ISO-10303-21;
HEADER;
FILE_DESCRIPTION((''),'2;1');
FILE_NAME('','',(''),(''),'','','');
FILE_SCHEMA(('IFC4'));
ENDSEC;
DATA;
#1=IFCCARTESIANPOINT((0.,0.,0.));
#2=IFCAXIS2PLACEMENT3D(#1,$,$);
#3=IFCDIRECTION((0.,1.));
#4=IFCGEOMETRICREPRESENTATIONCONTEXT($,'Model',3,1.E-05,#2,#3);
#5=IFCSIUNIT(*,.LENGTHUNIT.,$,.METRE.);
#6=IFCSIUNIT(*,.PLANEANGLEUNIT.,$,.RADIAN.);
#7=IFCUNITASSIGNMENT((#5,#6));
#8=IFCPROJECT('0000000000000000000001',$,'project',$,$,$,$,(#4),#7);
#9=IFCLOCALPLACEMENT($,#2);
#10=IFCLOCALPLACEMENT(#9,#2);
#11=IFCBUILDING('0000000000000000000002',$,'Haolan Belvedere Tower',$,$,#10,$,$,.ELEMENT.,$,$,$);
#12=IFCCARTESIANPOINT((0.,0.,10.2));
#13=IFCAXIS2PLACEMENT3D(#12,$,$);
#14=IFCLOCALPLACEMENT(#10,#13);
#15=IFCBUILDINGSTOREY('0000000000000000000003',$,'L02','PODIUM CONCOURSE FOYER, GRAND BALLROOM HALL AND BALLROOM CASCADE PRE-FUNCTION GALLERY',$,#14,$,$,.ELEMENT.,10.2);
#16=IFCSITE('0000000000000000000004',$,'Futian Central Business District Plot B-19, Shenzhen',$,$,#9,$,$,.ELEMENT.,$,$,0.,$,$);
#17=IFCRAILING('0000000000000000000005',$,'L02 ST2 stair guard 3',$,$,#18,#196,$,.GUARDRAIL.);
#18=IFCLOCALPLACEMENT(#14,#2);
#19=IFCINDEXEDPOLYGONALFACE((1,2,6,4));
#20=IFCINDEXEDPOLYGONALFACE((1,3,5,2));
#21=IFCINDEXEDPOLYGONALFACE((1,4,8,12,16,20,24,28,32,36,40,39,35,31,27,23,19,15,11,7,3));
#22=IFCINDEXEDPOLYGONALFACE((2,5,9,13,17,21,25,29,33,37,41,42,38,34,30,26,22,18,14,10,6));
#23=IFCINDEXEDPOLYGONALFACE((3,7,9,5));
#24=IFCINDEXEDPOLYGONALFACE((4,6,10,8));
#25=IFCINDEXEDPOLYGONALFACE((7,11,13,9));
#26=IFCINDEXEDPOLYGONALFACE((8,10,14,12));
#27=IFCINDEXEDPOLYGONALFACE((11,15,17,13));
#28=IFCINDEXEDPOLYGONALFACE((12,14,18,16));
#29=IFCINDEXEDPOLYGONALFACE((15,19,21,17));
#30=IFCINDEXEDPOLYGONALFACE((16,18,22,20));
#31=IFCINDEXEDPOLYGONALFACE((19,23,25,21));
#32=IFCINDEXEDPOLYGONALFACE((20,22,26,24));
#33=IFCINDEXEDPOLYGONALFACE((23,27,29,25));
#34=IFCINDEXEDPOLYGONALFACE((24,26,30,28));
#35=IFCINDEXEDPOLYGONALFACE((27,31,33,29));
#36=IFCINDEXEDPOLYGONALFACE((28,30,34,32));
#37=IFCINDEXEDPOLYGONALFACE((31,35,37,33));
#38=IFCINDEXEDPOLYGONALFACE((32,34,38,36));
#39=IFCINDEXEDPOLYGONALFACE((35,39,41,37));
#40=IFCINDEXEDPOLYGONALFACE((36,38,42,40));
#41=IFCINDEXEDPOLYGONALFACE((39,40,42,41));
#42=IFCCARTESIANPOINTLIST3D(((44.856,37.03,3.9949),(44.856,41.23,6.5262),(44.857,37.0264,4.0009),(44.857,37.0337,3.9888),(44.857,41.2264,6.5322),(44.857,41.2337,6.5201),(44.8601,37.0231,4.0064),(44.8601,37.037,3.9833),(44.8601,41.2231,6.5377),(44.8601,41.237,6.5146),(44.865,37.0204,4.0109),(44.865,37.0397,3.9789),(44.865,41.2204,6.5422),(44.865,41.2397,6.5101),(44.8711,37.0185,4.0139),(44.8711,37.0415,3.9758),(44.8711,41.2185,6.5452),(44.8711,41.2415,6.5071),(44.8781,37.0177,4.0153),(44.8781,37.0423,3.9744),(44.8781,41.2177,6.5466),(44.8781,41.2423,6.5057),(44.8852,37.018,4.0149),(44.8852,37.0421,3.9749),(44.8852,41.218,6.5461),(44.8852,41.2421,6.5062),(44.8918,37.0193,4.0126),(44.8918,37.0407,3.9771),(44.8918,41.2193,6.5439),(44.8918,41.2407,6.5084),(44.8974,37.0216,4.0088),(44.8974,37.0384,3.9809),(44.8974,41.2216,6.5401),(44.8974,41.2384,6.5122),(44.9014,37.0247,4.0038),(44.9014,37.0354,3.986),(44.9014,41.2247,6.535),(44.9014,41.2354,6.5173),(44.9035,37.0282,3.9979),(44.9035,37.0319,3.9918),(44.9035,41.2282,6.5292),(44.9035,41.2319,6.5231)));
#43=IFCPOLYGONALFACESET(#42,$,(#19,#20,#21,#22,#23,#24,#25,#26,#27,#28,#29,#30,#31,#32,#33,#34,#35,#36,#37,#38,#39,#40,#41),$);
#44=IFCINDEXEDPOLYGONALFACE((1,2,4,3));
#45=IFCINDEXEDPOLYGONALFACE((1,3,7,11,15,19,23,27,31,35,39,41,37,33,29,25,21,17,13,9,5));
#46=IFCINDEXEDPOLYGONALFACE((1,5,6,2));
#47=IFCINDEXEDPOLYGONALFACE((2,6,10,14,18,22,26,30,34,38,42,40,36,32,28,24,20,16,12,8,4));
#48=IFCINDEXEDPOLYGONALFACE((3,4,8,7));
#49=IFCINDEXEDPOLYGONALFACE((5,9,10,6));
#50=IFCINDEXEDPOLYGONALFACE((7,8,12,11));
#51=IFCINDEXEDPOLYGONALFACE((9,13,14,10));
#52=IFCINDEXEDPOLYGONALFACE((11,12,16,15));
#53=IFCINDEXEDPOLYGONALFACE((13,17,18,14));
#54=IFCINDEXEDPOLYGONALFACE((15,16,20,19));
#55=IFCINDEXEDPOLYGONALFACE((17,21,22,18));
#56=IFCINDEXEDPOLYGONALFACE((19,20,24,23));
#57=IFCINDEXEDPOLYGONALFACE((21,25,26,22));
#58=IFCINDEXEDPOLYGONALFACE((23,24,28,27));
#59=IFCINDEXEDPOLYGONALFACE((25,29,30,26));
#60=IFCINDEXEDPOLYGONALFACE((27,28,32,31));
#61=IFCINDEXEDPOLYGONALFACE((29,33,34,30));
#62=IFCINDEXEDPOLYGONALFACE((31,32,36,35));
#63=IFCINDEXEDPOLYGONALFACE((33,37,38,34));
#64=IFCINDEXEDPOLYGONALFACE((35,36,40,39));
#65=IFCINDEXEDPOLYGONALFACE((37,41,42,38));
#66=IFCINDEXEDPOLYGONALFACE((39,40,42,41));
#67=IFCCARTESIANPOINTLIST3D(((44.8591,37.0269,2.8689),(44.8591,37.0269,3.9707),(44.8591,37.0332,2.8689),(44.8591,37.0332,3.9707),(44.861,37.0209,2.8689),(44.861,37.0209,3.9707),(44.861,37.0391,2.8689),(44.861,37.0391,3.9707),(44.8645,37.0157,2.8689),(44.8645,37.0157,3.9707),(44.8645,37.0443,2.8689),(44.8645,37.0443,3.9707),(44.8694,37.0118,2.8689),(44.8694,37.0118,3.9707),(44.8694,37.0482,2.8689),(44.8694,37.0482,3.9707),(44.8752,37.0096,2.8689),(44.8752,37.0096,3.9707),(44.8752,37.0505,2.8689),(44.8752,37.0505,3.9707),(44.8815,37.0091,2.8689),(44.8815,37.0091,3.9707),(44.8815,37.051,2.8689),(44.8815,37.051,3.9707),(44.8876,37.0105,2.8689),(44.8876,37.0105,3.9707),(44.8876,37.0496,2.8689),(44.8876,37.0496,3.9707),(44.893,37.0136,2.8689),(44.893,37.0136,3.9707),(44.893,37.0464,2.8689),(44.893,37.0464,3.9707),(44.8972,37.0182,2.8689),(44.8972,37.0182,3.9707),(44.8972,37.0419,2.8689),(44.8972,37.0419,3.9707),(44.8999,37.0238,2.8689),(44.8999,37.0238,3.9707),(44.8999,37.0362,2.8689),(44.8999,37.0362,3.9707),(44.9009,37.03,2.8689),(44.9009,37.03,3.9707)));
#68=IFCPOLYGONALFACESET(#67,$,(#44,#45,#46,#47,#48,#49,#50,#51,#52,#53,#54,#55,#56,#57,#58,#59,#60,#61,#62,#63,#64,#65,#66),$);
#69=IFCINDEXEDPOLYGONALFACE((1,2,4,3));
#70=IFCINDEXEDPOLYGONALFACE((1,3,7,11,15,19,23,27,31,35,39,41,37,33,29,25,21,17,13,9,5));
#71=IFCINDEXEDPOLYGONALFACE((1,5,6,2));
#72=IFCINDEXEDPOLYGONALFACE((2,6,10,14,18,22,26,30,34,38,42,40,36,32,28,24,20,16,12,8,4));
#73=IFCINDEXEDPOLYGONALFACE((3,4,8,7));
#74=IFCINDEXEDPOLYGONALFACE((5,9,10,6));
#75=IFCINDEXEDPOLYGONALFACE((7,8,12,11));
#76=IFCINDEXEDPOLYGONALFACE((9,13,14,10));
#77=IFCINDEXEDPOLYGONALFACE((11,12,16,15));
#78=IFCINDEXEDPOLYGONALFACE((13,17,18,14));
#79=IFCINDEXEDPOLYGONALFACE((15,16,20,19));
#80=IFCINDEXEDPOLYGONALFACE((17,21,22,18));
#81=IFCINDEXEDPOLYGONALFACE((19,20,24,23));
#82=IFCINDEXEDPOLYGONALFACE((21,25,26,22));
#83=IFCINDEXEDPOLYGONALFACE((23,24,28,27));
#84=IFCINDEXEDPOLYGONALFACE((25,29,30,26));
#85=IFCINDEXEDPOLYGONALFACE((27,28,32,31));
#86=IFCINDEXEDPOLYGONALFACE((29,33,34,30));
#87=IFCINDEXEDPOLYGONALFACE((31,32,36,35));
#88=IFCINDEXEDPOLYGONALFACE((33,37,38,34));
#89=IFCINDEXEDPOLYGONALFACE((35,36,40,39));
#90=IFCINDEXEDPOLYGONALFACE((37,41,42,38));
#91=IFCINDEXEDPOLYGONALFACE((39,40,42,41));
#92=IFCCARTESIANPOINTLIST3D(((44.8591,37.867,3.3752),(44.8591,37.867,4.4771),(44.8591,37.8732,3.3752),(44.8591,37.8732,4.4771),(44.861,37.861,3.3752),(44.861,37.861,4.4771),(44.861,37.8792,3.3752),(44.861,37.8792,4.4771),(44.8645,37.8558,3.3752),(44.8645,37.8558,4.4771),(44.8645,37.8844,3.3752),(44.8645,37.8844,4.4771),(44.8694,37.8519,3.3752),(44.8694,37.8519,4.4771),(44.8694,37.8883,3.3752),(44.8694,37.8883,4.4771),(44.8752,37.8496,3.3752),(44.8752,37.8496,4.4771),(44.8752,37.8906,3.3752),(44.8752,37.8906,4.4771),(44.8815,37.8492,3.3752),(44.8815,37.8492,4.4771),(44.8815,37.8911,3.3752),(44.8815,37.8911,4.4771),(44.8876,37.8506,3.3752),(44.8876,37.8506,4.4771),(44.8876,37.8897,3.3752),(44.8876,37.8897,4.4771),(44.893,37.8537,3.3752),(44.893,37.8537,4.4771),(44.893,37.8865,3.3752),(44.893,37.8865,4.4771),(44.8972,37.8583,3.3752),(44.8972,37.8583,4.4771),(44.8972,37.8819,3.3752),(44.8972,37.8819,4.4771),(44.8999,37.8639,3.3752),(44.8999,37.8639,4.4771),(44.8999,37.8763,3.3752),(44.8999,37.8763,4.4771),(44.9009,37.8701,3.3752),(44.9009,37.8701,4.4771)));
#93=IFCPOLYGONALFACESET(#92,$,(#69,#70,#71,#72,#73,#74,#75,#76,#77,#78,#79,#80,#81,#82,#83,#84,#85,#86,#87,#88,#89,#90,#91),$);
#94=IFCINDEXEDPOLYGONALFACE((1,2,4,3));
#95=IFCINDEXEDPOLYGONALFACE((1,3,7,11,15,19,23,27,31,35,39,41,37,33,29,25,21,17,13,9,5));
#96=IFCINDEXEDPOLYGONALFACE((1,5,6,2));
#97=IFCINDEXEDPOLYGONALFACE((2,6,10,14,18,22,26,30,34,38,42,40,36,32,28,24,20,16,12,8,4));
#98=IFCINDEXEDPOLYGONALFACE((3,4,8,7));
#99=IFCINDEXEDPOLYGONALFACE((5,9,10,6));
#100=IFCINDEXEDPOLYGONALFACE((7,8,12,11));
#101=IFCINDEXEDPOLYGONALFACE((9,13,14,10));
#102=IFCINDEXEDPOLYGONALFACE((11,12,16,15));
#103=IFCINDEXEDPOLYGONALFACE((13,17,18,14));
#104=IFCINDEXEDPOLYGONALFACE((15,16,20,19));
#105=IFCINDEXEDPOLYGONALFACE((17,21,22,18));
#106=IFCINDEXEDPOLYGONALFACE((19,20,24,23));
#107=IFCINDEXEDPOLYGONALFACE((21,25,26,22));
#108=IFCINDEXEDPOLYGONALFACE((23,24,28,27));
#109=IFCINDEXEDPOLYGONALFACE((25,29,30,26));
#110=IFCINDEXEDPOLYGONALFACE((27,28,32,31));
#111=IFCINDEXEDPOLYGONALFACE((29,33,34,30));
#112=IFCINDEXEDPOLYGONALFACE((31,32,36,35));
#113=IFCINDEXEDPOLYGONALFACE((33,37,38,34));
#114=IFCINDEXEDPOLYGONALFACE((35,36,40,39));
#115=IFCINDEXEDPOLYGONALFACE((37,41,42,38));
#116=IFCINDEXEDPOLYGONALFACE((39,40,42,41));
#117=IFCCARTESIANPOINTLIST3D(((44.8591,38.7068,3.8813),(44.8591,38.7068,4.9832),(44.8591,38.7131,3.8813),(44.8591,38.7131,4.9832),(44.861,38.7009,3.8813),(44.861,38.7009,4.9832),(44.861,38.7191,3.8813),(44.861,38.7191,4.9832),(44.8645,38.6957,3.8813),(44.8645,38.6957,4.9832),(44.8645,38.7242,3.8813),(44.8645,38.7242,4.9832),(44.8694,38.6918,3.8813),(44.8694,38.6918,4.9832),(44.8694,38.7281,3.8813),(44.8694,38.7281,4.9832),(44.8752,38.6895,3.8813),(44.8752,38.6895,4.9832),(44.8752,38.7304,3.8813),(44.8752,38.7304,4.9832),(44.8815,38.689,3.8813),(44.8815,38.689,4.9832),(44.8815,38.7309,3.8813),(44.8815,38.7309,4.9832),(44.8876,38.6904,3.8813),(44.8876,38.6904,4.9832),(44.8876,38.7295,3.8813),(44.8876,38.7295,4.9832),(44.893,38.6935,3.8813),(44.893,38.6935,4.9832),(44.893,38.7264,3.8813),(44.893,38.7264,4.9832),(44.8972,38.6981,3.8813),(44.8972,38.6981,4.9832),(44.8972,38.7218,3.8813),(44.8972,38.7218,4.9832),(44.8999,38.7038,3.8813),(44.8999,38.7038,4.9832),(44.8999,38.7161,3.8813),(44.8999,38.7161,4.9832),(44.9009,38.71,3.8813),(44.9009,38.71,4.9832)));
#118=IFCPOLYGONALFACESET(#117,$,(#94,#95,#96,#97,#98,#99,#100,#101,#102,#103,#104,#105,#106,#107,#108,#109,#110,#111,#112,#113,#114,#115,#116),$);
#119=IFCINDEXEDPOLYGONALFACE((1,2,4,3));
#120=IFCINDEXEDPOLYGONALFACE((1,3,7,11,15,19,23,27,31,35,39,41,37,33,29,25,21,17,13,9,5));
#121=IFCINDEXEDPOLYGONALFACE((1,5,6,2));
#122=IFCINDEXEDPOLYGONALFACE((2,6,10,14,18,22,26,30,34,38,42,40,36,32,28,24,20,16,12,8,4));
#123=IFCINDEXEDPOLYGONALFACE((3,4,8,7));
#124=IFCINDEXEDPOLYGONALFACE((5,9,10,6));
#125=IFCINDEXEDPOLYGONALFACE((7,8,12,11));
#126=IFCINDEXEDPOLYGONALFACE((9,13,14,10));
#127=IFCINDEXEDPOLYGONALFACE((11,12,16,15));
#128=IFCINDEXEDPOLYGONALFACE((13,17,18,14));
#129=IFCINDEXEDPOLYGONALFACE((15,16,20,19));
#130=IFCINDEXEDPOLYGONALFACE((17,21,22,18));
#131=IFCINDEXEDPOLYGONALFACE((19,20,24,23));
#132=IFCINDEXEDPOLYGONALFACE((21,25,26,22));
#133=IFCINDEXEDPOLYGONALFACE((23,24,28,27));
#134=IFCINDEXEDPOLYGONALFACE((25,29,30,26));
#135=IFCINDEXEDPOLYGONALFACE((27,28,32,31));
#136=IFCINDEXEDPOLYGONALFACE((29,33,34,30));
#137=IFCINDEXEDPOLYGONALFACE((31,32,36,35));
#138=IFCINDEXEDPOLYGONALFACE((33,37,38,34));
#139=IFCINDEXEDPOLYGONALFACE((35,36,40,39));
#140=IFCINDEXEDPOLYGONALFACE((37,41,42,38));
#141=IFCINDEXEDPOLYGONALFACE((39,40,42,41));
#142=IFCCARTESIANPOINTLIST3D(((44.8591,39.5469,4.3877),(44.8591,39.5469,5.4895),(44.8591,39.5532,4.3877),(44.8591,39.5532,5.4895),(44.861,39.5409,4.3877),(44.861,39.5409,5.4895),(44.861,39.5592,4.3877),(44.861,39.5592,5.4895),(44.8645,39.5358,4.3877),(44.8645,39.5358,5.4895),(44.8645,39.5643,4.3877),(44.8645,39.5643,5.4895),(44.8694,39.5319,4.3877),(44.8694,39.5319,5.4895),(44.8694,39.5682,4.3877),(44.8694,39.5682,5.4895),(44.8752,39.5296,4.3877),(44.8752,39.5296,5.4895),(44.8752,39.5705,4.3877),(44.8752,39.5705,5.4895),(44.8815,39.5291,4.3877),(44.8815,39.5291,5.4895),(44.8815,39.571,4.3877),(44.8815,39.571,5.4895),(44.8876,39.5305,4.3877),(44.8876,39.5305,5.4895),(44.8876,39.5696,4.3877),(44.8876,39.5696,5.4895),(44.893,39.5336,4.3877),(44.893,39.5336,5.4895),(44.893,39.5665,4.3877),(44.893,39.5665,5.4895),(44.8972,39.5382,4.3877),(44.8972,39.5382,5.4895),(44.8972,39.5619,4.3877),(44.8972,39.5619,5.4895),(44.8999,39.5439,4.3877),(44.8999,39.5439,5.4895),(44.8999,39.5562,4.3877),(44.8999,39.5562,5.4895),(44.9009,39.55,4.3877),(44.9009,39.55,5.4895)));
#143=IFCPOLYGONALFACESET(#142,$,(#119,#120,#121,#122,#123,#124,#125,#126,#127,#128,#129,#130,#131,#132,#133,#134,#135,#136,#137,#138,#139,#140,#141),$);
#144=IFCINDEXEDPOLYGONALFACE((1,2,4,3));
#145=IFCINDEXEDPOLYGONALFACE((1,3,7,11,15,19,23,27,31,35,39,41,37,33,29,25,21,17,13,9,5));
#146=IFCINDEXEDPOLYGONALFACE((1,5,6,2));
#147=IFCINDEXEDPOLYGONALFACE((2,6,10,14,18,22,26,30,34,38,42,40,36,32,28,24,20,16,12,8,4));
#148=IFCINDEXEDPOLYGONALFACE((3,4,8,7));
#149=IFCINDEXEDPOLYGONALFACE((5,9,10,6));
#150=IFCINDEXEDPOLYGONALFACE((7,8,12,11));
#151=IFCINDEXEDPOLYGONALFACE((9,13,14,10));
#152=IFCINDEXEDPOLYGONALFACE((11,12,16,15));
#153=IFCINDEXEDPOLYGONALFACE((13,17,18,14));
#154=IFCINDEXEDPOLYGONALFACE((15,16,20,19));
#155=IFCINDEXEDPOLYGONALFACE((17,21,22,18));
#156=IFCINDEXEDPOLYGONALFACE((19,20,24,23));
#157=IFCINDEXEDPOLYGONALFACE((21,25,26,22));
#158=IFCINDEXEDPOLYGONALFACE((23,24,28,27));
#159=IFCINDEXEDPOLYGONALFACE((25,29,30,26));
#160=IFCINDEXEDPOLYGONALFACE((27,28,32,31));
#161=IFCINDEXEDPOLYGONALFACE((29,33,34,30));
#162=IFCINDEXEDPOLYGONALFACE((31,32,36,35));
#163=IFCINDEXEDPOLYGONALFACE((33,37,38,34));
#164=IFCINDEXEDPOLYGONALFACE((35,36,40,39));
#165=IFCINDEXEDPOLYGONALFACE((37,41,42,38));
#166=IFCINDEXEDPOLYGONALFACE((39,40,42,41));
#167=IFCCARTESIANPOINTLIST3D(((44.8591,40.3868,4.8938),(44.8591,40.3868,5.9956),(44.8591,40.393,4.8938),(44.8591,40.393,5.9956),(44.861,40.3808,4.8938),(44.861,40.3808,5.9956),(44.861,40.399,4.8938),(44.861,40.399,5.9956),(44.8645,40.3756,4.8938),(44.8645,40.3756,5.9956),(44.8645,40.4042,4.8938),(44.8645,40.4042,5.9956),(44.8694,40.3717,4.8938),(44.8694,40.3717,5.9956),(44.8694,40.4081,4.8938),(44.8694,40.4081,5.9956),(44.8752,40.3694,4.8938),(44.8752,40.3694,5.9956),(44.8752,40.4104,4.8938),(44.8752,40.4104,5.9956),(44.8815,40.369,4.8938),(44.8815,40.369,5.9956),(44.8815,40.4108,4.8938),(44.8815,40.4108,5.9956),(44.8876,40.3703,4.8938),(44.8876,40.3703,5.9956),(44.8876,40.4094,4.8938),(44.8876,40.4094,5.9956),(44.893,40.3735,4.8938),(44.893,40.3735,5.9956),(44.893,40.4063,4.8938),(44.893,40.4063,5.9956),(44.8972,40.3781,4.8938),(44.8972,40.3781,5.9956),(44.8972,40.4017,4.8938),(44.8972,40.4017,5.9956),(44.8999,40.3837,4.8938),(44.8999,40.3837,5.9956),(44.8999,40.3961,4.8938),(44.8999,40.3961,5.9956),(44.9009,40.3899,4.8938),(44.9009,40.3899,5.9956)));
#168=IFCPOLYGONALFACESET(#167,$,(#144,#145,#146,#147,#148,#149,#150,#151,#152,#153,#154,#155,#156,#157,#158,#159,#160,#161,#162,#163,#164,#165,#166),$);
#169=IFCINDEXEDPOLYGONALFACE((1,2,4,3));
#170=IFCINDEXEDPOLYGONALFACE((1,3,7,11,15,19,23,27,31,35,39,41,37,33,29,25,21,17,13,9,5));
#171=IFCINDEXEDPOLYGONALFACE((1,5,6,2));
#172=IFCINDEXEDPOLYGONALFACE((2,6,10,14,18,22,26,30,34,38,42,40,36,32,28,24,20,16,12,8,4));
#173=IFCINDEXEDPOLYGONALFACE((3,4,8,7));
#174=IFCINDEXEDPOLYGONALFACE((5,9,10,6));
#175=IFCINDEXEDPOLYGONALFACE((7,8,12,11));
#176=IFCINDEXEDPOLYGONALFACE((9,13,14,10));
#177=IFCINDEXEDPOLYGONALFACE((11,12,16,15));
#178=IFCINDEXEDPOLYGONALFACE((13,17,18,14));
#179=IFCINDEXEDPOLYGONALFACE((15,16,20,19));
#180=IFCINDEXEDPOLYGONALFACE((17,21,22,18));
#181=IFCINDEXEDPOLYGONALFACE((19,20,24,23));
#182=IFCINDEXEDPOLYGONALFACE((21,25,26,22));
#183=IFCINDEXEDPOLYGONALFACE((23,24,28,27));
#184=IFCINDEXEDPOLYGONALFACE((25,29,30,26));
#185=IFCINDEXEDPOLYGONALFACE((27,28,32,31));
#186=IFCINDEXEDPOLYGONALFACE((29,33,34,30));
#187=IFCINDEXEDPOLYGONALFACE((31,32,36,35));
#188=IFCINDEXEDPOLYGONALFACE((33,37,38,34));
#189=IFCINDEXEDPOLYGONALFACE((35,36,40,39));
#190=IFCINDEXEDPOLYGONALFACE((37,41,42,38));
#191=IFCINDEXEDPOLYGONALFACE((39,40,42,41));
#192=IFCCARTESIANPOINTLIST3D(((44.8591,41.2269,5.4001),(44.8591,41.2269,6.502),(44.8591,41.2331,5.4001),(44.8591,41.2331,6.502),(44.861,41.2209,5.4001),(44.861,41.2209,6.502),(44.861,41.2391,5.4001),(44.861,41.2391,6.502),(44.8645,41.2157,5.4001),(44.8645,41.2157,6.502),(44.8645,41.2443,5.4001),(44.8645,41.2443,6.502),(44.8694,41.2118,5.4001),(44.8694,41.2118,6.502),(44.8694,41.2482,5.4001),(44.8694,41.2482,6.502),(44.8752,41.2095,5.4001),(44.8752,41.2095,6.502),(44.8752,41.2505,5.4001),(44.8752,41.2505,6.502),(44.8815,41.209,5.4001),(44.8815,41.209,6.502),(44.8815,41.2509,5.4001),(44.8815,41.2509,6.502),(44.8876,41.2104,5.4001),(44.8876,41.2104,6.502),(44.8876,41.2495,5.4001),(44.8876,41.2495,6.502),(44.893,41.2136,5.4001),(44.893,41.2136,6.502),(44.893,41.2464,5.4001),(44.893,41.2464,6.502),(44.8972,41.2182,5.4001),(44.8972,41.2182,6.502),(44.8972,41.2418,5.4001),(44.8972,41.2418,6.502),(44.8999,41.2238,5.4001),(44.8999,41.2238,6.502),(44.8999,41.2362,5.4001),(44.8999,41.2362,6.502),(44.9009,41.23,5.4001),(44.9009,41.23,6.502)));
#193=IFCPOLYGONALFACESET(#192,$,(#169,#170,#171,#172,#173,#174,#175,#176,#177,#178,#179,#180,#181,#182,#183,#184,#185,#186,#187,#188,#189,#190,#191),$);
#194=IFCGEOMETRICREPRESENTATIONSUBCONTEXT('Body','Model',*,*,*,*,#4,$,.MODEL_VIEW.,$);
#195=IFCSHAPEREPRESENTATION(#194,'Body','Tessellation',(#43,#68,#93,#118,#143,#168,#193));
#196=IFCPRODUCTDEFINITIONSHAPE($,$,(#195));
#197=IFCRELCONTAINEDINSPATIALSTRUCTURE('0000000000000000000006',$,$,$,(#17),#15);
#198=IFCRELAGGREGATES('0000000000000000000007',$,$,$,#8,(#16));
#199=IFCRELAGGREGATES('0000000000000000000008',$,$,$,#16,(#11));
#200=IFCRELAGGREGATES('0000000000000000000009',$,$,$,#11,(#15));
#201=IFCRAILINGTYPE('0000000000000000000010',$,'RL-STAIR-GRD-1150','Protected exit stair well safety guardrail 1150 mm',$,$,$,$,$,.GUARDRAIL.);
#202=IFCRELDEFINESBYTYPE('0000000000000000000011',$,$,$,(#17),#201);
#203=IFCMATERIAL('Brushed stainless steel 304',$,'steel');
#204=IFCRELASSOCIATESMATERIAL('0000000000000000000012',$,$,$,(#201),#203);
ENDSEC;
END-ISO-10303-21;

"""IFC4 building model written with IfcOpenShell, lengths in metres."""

from ifc_helpers import new_model, si_unit, direction, frame, origin, origin_2d, place, context, subcontext, project, spatial, circle, extrude, material, type_object, element, save


model = new_model("IFC4")

# Units and contexts
model_context = context("Model", 3, precision=1e-05, world=origin(), true_north=direction((0.0, 1.0)))
body_context = subcontext(model_context, "Body", "Model", "MODEL_VIEW")
ifc_project = project(units=[si_unit("LENGTHUNIT", "METRE"), si_unit("PLANEANGLEUNIT", "RADIAN")], contexts=[model_context])

# Site, building, storey
site_placement = place(None, origin())
site = spatial("IfcSite", under=ifc_project, at=site_placement, Name="Futian Central Business District Plot B-19, Shenzhen", CompositionType="ELEMENT", RefElevation=0.0)
building_placement = place(site_placement, origin())
building = spatial("IfcBuilding", under=site, at=building_placement, Name="Haolan Belvedere Tower", CompositionType="ELEMENT")
storey_placement = place(building_placement, frame((0.0, 0.0, 10.2)))
storey = spatial("IfcBuildingStorey", under=building, at=storey_placement, Name="L02", Description="PODIUM CONCOURSE FOYER, GRAND BALLROOM HALL AND BALLROOM CASCADE PRE-FUNCTION GALLERY", CompositionType="ELEMENT", Elevation=10.2)

# Railing
ifc_material_1 = material(Name="Brushed stainless steel 304", Category="steel")
railing_type_1 = type_object("IfcRailingType", Name="RL-STAIR-GRD-1150", Description="Protected exit stair well safety guardrail 1150 mm", PredefinedType="GUARDRAIL", material=ifc_material_1)
railing_1_placement = place(storey_placement, frame((44.8799, 37.03, 2.8689)))
element("IfcRailing", 1, at=railing_1_placement, inside=storey, type_object=railing_type_1, Name="L02 ST2 stair guard 3", PredefinedType="GUARDRAIL", context=body_context, shape_type="SweptSolid", body=[
    extrude(circle(Radius=0.0239, at=origin_2d()), frame((0.0, 0.0, 1.126), z_axis=(0.0, 0.856476, 0.516186), x_axis=(-1.0, 0.0, 0.0)), (0.0, 0.0, 1.0), 4.9038),
    extrude(circle(Radius=0.021, at=origin_2d()), origin(), (0.0, 0.0, 1.0), 1.1018),
    extrude(circle(Radius=0.021, at=origin_2d()), frame((0.0, 0.8401, 0.5063)), (0.0, 0.0, 1.0), 1.1018),
    extrude(circle(Radius=0.021, at=origin_2d()), frame((0.0, 1.6799, 1.0125)), (0.0, 0.0, 1.0), 1.1018),
    extrude(circle(Radius=0.021, at=origin_2d()), frame((0.0, 2.52, 1.5188)), (0.0, 0.0, 1.0), 1.1018),
    extrude(circle(Radius=0.021, at=origin_2d()), frame((0.0, 3.3599, 2.0249)), (0.0, 0.0, 1.0), 1.1018),
    extrude(circle(Radius=0.021, at=origin_2d()), frame((0.0, 4.2, 2.5312)), (0.0, 0.0, 1.0), 1.1018),
])

save(model, "model.ifc")
